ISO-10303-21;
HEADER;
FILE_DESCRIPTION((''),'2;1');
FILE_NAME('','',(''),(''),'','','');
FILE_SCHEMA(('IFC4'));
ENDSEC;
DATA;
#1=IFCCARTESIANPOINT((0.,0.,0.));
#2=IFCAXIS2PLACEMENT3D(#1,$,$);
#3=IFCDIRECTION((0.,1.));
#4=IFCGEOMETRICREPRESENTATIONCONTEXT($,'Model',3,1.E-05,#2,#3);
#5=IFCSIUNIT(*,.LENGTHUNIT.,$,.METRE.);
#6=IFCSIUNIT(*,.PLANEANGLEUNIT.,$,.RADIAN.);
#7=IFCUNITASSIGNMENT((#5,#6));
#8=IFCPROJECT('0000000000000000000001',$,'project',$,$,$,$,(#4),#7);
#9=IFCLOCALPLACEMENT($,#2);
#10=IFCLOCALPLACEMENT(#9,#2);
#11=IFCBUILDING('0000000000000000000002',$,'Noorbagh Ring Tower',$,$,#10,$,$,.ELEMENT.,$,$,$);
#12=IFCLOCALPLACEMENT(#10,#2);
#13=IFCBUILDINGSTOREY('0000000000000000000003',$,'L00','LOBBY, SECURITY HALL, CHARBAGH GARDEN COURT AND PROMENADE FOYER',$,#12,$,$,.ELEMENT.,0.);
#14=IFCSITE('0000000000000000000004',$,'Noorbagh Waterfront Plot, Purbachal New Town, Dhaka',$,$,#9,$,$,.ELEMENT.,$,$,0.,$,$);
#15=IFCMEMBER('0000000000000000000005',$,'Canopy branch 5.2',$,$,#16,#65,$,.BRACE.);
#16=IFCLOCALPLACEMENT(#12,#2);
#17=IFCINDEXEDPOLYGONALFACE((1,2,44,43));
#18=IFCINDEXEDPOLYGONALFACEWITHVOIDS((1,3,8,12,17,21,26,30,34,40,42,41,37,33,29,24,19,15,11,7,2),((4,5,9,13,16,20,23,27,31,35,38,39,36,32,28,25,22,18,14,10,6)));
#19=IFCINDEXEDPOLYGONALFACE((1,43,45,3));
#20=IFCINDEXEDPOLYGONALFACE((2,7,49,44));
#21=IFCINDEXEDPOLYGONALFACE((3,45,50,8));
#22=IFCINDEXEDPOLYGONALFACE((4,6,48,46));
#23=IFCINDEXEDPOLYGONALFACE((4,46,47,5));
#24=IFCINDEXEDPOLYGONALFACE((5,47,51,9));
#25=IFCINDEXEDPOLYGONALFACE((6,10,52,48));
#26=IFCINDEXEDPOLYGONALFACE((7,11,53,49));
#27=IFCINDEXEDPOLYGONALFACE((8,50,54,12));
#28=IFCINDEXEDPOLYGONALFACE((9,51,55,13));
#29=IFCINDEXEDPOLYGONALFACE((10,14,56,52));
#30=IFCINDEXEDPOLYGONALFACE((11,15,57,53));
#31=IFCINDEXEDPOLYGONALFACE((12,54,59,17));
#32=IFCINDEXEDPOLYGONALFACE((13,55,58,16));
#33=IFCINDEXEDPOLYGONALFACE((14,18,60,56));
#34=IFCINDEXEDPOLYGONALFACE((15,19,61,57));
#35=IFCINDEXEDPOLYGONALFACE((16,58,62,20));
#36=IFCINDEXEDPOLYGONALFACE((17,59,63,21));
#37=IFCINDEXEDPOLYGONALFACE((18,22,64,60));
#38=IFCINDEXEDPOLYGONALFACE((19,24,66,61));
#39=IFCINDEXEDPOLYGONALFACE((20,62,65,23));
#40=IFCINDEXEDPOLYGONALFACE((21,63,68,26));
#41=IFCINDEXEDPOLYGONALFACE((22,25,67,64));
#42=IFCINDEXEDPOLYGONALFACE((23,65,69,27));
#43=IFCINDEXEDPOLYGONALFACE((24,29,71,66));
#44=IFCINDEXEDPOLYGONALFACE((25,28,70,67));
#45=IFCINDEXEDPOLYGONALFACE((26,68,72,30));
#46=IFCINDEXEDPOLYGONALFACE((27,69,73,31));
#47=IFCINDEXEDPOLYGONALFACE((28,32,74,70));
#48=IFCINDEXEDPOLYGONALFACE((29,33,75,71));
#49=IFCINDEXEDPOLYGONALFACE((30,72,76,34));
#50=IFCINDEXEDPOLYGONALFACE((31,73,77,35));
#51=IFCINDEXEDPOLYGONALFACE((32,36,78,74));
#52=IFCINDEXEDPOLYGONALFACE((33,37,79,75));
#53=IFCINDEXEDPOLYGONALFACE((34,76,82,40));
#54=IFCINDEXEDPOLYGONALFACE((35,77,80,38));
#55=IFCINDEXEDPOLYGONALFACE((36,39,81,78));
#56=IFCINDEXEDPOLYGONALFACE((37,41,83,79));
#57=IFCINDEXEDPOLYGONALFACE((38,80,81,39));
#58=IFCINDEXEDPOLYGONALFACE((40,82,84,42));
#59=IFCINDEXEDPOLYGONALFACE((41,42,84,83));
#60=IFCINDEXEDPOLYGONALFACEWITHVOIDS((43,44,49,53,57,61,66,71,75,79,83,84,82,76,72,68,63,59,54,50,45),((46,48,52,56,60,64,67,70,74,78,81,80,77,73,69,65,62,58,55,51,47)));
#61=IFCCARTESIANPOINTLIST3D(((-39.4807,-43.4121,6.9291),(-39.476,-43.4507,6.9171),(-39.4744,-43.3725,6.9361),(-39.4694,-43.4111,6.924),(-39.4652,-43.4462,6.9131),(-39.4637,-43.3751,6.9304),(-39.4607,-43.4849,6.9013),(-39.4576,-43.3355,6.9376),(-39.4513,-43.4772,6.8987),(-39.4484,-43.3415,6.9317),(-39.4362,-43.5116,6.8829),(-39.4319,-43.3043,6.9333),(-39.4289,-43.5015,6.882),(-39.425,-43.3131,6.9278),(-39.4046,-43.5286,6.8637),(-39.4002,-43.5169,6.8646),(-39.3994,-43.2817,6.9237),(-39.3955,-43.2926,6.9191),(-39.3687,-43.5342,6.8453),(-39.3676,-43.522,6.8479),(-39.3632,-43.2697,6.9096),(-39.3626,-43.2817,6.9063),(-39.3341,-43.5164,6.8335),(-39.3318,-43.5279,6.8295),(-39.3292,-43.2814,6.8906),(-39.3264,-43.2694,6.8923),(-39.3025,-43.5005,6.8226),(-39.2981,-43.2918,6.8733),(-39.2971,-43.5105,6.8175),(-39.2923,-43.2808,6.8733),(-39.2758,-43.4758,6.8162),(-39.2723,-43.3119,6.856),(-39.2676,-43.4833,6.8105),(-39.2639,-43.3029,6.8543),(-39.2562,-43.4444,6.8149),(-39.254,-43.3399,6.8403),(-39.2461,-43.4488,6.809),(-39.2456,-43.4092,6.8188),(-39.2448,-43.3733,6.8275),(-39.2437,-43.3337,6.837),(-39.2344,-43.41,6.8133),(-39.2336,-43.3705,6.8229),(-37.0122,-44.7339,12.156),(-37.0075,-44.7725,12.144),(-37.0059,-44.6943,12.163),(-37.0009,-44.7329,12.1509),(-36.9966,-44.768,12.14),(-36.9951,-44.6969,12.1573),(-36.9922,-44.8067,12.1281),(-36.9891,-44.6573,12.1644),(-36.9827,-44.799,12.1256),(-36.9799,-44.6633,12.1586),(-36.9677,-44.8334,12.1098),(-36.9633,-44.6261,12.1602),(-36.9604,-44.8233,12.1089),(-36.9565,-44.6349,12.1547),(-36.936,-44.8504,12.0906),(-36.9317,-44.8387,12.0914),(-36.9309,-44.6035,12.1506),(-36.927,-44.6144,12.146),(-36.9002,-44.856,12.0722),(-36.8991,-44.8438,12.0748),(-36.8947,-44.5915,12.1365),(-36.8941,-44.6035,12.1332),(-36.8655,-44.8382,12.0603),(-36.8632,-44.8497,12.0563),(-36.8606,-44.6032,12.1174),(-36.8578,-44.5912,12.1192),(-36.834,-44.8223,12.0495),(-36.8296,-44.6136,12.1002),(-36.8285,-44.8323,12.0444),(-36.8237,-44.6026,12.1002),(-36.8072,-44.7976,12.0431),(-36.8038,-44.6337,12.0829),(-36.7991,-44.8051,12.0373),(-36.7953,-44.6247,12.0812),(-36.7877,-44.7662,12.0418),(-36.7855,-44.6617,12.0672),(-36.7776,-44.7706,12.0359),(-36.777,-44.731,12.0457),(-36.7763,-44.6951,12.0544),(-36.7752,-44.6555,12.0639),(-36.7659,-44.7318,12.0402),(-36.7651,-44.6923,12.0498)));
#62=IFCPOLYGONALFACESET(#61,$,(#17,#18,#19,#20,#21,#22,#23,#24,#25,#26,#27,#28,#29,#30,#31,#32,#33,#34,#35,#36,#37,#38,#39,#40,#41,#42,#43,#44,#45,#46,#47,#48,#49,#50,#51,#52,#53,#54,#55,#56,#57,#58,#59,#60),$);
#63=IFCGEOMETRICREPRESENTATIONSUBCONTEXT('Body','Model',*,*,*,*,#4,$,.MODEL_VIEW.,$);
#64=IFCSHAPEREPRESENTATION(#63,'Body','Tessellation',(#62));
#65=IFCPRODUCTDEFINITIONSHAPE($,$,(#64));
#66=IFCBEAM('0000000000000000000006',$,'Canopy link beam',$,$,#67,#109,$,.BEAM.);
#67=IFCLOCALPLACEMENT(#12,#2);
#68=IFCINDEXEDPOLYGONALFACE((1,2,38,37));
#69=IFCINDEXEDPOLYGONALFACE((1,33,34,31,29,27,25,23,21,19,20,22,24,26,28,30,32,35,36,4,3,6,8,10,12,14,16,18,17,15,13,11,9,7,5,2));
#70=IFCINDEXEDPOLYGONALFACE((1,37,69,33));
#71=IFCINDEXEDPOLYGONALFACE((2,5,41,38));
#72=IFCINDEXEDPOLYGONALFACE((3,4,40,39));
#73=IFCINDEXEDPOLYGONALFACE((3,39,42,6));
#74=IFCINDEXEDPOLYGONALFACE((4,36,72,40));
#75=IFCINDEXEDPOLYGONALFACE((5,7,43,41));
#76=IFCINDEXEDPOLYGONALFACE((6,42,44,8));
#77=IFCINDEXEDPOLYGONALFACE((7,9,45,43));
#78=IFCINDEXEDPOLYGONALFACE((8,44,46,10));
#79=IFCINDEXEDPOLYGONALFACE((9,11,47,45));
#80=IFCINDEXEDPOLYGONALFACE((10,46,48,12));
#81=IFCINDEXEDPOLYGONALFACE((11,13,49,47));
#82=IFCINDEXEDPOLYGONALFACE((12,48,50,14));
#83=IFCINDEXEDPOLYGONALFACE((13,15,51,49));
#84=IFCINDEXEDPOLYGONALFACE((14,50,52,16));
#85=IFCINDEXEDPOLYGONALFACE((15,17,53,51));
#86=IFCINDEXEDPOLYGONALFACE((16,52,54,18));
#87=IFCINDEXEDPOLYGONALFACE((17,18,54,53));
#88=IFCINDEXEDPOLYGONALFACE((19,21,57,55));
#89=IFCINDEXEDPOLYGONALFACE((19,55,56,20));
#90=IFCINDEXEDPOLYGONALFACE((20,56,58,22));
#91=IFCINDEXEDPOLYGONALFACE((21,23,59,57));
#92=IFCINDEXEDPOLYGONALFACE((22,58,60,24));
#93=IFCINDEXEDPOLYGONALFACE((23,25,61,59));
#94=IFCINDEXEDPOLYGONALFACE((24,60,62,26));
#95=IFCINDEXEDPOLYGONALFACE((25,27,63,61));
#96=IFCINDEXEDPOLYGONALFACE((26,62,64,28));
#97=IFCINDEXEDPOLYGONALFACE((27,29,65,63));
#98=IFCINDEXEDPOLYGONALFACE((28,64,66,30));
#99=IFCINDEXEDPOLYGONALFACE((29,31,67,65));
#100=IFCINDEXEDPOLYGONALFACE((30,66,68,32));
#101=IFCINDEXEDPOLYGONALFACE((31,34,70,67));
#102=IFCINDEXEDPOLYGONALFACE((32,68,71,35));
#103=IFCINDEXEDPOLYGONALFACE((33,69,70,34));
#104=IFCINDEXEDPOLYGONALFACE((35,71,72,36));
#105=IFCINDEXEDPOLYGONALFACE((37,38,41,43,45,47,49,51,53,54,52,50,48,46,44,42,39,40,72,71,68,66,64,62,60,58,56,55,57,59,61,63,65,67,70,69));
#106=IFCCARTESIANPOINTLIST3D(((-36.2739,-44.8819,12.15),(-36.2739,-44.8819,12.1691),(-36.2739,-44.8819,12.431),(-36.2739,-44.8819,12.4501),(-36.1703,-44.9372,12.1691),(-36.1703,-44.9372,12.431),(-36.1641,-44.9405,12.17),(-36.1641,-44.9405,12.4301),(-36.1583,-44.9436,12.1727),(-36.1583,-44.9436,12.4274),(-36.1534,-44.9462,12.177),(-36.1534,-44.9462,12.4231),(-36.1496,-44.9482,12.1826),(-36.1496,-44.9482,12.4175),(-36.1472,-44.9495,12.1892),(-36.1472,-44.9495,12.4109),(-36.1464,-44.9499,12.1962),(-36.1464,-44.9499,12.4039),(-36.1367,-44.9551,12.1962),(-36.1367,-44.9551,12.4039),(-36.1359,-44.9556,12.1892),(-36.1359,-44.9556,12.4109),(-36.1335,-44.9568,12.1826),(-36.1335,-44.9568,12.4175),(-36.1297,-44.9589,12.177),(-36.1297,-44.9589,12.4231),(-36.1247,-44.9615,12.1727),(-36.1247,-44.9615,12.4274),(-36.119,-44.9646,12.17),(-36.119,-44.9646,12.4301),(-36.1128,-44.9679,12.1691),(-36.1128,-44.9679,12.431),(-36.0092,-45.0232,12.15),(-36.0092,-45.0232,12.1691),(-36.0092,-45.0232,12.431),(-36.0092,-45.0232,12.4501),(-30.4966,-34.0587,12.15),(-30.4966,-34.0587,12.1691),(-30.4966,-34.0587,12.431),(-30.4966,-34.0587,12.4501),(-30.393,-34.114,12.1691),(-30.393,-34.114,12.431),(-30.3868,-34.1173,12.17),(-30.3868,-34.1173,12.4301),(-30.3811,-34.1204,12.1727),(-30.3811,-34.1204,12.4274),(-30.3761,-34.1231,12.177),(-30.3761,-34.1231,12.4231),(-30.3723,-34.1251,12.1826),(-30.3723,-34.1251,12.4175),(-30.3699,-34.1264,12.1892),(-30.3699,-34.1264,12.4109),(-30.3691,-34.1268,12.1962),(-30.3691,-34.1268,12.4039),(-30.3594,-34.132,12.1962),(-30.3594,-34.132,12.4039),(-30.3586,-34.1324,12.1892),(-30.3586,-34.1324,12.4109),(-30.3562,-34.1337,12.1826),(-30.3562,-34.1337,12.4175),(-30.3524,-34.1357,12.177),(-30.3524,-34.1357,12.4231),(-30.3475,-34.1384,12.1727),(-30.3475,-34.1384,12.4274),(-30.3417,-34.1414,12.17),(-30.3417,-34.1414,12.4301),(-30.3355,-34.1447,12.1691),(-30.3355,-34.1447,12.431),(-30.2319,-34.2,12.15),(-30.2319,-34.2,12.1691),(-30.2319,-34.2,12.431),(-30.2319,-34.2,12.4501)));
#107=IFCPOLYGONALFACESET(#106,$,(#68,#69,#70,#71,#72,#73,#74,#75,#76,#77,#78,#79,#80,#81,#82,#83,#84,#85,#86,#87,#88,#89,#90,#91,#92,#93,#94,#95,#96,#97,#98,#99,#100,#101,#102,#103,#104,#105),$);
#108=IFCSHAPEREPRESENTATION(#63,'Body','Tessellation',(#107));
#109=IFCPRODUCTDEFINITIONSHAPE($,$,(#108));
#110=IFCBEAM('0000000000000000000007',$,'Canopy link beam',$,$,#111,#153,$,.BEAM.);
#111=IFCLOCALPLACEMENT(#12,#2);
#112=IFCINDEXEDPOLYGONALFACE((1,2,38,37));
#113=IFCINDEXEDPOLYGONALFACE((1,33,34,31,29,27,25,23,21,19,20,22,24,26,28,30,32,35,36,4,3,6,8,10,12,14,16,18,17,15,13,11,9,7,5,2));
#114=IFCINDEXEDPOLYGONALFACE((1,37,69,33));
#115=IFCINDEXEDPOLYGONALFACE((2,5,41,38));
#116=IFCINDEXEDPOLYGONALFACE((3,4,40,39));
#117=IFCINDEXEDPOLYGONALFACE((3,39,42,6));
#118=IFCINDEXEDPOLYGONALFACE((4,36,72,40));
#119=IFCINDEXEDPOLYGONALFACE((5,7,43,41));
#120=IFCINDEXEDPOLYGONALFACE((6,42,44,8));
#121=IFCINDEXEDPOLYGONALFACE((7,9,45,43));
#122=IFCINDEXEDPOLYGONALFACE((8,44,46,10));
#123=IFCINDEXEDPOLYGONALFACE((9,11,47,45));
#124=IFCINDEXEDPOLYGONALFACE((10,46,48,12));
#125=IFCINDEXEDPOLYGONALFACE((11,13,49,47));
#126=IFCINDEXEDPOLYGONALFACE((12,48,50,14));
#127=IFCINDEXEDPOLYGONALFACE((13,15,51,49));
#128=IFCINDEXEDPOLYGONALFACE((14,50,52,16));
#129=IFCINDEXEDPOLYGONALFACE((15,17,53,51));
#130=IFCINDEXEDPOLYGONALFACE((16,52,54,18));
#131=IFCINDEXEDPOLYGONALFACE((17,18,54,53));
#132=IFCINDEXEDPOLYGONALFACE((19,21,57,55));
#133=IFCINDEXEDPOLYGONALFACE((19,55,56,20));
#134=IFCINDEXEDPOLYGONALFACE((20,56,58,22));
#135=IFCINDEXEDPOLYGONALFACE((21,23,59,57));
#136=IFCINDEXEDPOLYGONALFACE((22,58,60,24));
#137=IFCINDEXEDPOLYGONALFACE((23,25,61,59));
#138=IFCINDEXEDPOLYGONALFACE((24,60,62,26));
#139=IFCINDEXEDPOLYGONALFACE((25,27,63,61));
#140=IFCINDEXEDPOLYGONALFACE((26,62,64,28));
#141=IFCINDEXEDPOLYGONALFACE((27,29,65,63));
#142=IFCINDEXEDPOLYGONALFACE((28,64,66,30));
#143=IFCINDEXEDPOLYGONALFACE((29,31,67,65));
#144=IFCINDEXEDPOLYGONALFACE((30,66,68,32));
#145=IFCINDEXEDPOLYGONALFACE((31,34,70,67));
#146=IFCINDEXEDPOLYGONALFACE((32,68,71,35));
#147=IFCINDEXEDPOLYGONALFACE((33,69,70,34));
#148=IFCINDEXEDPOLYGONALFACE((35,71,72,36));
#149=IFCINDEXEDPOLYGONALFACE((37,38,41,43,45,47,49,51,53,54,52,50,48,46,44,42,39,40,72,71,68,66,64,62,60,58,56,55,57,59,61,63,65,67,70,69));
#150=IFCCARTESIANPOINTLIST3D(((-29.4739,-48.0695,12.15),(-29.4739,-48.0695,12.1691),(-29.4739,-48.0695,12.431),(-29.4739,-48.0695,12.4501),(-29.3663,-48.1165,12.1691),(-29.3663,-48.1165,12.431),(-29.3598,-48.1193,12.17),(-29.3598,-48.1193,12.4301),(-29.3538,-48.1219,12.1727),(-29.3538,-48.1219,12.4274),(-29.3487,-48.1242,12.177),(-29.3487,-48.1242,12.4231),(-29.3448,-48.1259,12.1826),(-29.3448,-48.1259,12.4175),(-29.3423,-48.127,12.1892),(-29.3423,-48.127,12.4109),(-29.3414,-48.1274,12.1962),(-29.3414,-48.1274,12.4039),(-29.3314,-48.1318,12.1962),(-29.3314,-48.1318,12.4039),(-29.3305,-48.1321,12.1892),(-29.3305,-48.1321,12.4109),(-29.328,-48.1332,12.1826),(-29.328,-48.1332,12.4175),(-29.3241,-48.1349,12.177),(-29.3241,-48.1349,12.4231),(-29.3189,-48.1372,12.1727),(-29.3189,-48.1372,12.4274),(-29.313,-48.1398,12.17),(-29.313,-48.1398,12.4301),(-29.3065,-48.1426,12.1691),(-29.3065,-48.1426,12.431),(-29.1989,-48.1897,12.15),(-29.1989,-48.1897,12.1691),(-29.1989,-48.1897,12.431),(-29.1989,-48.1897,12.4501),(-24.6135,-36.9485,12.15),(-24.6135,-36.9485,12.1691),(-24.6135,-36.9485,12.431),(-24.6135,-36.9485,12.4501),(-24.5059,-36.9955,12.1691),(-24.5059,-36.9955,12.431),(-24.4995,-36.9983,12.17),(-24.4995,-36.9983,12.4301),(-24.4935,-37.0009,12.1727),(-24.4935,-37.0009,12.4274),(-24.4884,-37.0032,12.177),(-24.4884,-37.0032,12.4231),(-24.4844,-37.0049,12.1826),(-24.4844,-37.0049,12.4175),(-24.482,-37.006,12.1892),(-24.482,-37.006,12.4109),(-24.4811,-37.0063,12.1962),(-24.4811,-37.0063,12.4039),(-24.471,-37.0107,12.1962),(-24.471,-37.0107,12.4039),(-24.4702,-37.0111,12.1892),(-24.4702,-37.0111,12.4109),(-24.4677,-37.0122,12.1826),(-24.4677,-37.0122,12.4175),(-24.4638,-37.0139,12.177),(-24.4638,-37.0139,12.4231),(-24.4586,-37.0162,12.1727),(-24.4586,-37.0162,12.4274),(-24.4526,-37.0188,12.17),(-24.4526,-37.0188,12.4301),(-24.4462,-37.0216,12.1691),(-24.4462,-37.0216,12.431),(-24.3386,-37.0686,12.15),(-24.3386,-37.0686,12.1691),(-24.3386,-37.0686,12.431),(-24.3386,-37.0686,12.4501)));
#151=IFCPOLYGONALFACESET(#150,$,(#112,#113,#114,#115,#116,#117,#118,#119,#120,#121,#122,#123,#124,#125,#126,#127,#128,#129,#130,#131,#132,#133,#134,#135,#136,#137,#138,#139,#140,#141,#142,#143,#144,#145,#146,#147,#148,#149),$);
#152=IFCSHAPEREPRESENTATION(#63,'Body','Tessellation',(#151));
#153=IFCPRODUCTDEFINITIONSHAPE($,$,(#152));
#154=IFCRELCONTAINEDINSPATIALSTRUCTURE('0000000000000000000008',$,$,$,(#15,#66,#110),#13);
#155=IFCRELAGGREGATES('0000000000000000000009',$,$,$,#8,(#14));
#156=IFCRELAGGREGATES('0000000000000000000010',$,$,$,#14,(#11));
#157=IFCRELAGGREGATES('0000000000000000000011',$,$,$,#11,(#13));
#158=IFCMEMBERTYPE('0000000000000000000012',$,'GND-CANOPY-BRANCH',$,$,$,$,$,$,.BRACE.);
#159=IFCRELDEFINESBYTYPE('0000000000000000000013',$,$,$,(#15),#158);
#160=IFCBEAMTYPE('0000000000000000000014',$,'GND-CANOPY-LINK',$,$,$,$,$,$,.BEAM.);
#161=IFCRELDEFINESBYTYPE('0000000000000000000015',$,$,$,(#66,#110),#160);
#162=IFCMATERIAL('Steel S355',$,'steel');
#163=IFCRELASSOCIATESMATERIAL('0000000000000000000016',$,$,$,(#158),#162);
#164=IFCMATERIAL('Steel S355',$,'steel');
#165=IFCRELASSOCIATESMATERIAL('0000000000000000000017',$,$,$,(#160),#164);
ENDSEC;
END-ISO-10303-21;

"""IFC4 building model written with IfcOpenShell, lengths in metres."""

from ifc_helpers import new_model, si_unit, direction, frame, origin, origin_2d, place, context, subcontext, project, spatial, hollow_circle, i_section, extrude, material, material_profile, profile_set, type_object, element, save


model = new_model("IFC4")

# Units and contexts
model_context = context("Model", 3, precision=1e-05, world=origin(), true_north=direction((0.0, 1.0)))
body_context = subcontext(model_context, "Body", "Model", "MODEL_VIEW")
ifc_project = project(units=[si_unit("LENGTHUNIT", "METRE"), si_unit("PLANEANGLEUNIT", "RADIAN")], contexts=[model_context])

# Site, building, storey
site_placement = place(None, origin())
site = spatial("IfcSite", under=ifc_project, at=site_placement, Name="Noorbagh Waterfront Plot, Purbachal New Town, Dhaka", CompositionType="ELEMENT", RefElevation=0.0)
building_placement = place(site_placement, origin())
building = spatial("IfcBuilding", under=site, at=building_placement, Name="Noorbagh Ring Tower", CompositionType="ELEMENT")
storey_placement = place(building_placement, origin())
storey = spatial("IfcBuildingStorey", under=building, at=storey_placement, Name="L00", Description="LOBBY, SECURITY HALL, CHARBAGH GARDEN COURT AND PROMENADE FOYER", CompositionType="ELEMENT", Elevation=0.0)

# Member
ifc_material_1 = material(Name="Steel S355", Category="steel")
ifc_material_profile_1 = material_profile(ifc_material_1, hollow_circle(Radius=0.1365, WallThickness=0.0125, at=origin_2d()), Name="CHS273x12.5")
ifc_profile_set_1 = profile_set([ifc_material_profile_1], Name="Steel S355")
member_type = type_object("IfcMemberType", Name="GND-CANOPY-BRANCH", PredefinedType="BRACE", material=ifc_profile_set_1)
member_placement = place(storey_placement, frame((-39.3567, -43.4011, 6.8733), z_axis=(0.416302, -0.222912, 0.881478), x_axis=(0.472045, 0.881575, 0.0)))
element("IfcMember", 1, at=member_placement, inside=storey, type_object=member_type, Name="Canopy branch 5.2", PredefinedType="BRACE", context=body_context, shape_type="SweptSolid", body=[
    extrude(hollow_circle(Radius=0.1365, WallThickness=0.0125, at=origin_2d()), origin(), (0.0, 0.0, 1.0), 5.9297),
])

# Beams
ifc_material_2 = material(Name="Steel S355", Category="steel")
ifc_material_profile_2 = material_profile(ifc_material_2, i_section(OverallWidth=0.3, OverallDepth=0.3, WebThickness=0.011, FlangeThickness=0.019, FilletRadius=0.0271, at=origin_2d()), Name="HEB300")
ifc_profile_set_2 = profile_set([ifc_material_profile_2], Name="Steel S355")
beam_type_1 = type_object("IfcBeamType", Name="GND-CANOPY-LINK", PredefinedType="BEAM", material=ifc_profile_set_2)
beam_1_placement = place(storey_placement, frame((-30.3643, -34.1294, 12.3), z_axis=(-0.470902, -0.882185, 0.0), x_axis=(0.882185, -0.470902, 0.0)))
element("IfcBeam", 2, at=beam_1_placement, inside=storey, type_object=beam_type_1, Name="Canopy link beam", PredefinedType="BEAM", context=body_context, shape_type="SweptSolid", body=[
    extrude(i_section(OverallWidth=0.3, OverallDepth=0.3, WebThickness=0.011, FlangeThickness=0.019, FilletRadius=0.0271, at=origin_2d()), origin(), (0.0, 0.0, 1.0), 12.2686),
])
beam_2_placement = place(storey_placement, frame((-24.4761, -37.0085, 12.3), z_axis=(-0.400464, -0.916312, 0.0), x_axis=(0.916312, -0.400464, 0.0)))
element("IfcBeam", 3, at=beam_2_placement, inside=storey, type_object=beam_type_1, Name="Canopy link beam", PredefinedType="BEAM", context=body_context, shape_type="SweptSolid", body=[
    extrude(i_section(OverallWidth=0.3, OverallDepth=0.3, WebThickness=0.011, FlangeThickness=0.019, FilletRadius=0.0271, at=origin_2d()), origin(), (0.0, 0.0, 1.0), 12.1367),
])

save(model, "model.ifc")
